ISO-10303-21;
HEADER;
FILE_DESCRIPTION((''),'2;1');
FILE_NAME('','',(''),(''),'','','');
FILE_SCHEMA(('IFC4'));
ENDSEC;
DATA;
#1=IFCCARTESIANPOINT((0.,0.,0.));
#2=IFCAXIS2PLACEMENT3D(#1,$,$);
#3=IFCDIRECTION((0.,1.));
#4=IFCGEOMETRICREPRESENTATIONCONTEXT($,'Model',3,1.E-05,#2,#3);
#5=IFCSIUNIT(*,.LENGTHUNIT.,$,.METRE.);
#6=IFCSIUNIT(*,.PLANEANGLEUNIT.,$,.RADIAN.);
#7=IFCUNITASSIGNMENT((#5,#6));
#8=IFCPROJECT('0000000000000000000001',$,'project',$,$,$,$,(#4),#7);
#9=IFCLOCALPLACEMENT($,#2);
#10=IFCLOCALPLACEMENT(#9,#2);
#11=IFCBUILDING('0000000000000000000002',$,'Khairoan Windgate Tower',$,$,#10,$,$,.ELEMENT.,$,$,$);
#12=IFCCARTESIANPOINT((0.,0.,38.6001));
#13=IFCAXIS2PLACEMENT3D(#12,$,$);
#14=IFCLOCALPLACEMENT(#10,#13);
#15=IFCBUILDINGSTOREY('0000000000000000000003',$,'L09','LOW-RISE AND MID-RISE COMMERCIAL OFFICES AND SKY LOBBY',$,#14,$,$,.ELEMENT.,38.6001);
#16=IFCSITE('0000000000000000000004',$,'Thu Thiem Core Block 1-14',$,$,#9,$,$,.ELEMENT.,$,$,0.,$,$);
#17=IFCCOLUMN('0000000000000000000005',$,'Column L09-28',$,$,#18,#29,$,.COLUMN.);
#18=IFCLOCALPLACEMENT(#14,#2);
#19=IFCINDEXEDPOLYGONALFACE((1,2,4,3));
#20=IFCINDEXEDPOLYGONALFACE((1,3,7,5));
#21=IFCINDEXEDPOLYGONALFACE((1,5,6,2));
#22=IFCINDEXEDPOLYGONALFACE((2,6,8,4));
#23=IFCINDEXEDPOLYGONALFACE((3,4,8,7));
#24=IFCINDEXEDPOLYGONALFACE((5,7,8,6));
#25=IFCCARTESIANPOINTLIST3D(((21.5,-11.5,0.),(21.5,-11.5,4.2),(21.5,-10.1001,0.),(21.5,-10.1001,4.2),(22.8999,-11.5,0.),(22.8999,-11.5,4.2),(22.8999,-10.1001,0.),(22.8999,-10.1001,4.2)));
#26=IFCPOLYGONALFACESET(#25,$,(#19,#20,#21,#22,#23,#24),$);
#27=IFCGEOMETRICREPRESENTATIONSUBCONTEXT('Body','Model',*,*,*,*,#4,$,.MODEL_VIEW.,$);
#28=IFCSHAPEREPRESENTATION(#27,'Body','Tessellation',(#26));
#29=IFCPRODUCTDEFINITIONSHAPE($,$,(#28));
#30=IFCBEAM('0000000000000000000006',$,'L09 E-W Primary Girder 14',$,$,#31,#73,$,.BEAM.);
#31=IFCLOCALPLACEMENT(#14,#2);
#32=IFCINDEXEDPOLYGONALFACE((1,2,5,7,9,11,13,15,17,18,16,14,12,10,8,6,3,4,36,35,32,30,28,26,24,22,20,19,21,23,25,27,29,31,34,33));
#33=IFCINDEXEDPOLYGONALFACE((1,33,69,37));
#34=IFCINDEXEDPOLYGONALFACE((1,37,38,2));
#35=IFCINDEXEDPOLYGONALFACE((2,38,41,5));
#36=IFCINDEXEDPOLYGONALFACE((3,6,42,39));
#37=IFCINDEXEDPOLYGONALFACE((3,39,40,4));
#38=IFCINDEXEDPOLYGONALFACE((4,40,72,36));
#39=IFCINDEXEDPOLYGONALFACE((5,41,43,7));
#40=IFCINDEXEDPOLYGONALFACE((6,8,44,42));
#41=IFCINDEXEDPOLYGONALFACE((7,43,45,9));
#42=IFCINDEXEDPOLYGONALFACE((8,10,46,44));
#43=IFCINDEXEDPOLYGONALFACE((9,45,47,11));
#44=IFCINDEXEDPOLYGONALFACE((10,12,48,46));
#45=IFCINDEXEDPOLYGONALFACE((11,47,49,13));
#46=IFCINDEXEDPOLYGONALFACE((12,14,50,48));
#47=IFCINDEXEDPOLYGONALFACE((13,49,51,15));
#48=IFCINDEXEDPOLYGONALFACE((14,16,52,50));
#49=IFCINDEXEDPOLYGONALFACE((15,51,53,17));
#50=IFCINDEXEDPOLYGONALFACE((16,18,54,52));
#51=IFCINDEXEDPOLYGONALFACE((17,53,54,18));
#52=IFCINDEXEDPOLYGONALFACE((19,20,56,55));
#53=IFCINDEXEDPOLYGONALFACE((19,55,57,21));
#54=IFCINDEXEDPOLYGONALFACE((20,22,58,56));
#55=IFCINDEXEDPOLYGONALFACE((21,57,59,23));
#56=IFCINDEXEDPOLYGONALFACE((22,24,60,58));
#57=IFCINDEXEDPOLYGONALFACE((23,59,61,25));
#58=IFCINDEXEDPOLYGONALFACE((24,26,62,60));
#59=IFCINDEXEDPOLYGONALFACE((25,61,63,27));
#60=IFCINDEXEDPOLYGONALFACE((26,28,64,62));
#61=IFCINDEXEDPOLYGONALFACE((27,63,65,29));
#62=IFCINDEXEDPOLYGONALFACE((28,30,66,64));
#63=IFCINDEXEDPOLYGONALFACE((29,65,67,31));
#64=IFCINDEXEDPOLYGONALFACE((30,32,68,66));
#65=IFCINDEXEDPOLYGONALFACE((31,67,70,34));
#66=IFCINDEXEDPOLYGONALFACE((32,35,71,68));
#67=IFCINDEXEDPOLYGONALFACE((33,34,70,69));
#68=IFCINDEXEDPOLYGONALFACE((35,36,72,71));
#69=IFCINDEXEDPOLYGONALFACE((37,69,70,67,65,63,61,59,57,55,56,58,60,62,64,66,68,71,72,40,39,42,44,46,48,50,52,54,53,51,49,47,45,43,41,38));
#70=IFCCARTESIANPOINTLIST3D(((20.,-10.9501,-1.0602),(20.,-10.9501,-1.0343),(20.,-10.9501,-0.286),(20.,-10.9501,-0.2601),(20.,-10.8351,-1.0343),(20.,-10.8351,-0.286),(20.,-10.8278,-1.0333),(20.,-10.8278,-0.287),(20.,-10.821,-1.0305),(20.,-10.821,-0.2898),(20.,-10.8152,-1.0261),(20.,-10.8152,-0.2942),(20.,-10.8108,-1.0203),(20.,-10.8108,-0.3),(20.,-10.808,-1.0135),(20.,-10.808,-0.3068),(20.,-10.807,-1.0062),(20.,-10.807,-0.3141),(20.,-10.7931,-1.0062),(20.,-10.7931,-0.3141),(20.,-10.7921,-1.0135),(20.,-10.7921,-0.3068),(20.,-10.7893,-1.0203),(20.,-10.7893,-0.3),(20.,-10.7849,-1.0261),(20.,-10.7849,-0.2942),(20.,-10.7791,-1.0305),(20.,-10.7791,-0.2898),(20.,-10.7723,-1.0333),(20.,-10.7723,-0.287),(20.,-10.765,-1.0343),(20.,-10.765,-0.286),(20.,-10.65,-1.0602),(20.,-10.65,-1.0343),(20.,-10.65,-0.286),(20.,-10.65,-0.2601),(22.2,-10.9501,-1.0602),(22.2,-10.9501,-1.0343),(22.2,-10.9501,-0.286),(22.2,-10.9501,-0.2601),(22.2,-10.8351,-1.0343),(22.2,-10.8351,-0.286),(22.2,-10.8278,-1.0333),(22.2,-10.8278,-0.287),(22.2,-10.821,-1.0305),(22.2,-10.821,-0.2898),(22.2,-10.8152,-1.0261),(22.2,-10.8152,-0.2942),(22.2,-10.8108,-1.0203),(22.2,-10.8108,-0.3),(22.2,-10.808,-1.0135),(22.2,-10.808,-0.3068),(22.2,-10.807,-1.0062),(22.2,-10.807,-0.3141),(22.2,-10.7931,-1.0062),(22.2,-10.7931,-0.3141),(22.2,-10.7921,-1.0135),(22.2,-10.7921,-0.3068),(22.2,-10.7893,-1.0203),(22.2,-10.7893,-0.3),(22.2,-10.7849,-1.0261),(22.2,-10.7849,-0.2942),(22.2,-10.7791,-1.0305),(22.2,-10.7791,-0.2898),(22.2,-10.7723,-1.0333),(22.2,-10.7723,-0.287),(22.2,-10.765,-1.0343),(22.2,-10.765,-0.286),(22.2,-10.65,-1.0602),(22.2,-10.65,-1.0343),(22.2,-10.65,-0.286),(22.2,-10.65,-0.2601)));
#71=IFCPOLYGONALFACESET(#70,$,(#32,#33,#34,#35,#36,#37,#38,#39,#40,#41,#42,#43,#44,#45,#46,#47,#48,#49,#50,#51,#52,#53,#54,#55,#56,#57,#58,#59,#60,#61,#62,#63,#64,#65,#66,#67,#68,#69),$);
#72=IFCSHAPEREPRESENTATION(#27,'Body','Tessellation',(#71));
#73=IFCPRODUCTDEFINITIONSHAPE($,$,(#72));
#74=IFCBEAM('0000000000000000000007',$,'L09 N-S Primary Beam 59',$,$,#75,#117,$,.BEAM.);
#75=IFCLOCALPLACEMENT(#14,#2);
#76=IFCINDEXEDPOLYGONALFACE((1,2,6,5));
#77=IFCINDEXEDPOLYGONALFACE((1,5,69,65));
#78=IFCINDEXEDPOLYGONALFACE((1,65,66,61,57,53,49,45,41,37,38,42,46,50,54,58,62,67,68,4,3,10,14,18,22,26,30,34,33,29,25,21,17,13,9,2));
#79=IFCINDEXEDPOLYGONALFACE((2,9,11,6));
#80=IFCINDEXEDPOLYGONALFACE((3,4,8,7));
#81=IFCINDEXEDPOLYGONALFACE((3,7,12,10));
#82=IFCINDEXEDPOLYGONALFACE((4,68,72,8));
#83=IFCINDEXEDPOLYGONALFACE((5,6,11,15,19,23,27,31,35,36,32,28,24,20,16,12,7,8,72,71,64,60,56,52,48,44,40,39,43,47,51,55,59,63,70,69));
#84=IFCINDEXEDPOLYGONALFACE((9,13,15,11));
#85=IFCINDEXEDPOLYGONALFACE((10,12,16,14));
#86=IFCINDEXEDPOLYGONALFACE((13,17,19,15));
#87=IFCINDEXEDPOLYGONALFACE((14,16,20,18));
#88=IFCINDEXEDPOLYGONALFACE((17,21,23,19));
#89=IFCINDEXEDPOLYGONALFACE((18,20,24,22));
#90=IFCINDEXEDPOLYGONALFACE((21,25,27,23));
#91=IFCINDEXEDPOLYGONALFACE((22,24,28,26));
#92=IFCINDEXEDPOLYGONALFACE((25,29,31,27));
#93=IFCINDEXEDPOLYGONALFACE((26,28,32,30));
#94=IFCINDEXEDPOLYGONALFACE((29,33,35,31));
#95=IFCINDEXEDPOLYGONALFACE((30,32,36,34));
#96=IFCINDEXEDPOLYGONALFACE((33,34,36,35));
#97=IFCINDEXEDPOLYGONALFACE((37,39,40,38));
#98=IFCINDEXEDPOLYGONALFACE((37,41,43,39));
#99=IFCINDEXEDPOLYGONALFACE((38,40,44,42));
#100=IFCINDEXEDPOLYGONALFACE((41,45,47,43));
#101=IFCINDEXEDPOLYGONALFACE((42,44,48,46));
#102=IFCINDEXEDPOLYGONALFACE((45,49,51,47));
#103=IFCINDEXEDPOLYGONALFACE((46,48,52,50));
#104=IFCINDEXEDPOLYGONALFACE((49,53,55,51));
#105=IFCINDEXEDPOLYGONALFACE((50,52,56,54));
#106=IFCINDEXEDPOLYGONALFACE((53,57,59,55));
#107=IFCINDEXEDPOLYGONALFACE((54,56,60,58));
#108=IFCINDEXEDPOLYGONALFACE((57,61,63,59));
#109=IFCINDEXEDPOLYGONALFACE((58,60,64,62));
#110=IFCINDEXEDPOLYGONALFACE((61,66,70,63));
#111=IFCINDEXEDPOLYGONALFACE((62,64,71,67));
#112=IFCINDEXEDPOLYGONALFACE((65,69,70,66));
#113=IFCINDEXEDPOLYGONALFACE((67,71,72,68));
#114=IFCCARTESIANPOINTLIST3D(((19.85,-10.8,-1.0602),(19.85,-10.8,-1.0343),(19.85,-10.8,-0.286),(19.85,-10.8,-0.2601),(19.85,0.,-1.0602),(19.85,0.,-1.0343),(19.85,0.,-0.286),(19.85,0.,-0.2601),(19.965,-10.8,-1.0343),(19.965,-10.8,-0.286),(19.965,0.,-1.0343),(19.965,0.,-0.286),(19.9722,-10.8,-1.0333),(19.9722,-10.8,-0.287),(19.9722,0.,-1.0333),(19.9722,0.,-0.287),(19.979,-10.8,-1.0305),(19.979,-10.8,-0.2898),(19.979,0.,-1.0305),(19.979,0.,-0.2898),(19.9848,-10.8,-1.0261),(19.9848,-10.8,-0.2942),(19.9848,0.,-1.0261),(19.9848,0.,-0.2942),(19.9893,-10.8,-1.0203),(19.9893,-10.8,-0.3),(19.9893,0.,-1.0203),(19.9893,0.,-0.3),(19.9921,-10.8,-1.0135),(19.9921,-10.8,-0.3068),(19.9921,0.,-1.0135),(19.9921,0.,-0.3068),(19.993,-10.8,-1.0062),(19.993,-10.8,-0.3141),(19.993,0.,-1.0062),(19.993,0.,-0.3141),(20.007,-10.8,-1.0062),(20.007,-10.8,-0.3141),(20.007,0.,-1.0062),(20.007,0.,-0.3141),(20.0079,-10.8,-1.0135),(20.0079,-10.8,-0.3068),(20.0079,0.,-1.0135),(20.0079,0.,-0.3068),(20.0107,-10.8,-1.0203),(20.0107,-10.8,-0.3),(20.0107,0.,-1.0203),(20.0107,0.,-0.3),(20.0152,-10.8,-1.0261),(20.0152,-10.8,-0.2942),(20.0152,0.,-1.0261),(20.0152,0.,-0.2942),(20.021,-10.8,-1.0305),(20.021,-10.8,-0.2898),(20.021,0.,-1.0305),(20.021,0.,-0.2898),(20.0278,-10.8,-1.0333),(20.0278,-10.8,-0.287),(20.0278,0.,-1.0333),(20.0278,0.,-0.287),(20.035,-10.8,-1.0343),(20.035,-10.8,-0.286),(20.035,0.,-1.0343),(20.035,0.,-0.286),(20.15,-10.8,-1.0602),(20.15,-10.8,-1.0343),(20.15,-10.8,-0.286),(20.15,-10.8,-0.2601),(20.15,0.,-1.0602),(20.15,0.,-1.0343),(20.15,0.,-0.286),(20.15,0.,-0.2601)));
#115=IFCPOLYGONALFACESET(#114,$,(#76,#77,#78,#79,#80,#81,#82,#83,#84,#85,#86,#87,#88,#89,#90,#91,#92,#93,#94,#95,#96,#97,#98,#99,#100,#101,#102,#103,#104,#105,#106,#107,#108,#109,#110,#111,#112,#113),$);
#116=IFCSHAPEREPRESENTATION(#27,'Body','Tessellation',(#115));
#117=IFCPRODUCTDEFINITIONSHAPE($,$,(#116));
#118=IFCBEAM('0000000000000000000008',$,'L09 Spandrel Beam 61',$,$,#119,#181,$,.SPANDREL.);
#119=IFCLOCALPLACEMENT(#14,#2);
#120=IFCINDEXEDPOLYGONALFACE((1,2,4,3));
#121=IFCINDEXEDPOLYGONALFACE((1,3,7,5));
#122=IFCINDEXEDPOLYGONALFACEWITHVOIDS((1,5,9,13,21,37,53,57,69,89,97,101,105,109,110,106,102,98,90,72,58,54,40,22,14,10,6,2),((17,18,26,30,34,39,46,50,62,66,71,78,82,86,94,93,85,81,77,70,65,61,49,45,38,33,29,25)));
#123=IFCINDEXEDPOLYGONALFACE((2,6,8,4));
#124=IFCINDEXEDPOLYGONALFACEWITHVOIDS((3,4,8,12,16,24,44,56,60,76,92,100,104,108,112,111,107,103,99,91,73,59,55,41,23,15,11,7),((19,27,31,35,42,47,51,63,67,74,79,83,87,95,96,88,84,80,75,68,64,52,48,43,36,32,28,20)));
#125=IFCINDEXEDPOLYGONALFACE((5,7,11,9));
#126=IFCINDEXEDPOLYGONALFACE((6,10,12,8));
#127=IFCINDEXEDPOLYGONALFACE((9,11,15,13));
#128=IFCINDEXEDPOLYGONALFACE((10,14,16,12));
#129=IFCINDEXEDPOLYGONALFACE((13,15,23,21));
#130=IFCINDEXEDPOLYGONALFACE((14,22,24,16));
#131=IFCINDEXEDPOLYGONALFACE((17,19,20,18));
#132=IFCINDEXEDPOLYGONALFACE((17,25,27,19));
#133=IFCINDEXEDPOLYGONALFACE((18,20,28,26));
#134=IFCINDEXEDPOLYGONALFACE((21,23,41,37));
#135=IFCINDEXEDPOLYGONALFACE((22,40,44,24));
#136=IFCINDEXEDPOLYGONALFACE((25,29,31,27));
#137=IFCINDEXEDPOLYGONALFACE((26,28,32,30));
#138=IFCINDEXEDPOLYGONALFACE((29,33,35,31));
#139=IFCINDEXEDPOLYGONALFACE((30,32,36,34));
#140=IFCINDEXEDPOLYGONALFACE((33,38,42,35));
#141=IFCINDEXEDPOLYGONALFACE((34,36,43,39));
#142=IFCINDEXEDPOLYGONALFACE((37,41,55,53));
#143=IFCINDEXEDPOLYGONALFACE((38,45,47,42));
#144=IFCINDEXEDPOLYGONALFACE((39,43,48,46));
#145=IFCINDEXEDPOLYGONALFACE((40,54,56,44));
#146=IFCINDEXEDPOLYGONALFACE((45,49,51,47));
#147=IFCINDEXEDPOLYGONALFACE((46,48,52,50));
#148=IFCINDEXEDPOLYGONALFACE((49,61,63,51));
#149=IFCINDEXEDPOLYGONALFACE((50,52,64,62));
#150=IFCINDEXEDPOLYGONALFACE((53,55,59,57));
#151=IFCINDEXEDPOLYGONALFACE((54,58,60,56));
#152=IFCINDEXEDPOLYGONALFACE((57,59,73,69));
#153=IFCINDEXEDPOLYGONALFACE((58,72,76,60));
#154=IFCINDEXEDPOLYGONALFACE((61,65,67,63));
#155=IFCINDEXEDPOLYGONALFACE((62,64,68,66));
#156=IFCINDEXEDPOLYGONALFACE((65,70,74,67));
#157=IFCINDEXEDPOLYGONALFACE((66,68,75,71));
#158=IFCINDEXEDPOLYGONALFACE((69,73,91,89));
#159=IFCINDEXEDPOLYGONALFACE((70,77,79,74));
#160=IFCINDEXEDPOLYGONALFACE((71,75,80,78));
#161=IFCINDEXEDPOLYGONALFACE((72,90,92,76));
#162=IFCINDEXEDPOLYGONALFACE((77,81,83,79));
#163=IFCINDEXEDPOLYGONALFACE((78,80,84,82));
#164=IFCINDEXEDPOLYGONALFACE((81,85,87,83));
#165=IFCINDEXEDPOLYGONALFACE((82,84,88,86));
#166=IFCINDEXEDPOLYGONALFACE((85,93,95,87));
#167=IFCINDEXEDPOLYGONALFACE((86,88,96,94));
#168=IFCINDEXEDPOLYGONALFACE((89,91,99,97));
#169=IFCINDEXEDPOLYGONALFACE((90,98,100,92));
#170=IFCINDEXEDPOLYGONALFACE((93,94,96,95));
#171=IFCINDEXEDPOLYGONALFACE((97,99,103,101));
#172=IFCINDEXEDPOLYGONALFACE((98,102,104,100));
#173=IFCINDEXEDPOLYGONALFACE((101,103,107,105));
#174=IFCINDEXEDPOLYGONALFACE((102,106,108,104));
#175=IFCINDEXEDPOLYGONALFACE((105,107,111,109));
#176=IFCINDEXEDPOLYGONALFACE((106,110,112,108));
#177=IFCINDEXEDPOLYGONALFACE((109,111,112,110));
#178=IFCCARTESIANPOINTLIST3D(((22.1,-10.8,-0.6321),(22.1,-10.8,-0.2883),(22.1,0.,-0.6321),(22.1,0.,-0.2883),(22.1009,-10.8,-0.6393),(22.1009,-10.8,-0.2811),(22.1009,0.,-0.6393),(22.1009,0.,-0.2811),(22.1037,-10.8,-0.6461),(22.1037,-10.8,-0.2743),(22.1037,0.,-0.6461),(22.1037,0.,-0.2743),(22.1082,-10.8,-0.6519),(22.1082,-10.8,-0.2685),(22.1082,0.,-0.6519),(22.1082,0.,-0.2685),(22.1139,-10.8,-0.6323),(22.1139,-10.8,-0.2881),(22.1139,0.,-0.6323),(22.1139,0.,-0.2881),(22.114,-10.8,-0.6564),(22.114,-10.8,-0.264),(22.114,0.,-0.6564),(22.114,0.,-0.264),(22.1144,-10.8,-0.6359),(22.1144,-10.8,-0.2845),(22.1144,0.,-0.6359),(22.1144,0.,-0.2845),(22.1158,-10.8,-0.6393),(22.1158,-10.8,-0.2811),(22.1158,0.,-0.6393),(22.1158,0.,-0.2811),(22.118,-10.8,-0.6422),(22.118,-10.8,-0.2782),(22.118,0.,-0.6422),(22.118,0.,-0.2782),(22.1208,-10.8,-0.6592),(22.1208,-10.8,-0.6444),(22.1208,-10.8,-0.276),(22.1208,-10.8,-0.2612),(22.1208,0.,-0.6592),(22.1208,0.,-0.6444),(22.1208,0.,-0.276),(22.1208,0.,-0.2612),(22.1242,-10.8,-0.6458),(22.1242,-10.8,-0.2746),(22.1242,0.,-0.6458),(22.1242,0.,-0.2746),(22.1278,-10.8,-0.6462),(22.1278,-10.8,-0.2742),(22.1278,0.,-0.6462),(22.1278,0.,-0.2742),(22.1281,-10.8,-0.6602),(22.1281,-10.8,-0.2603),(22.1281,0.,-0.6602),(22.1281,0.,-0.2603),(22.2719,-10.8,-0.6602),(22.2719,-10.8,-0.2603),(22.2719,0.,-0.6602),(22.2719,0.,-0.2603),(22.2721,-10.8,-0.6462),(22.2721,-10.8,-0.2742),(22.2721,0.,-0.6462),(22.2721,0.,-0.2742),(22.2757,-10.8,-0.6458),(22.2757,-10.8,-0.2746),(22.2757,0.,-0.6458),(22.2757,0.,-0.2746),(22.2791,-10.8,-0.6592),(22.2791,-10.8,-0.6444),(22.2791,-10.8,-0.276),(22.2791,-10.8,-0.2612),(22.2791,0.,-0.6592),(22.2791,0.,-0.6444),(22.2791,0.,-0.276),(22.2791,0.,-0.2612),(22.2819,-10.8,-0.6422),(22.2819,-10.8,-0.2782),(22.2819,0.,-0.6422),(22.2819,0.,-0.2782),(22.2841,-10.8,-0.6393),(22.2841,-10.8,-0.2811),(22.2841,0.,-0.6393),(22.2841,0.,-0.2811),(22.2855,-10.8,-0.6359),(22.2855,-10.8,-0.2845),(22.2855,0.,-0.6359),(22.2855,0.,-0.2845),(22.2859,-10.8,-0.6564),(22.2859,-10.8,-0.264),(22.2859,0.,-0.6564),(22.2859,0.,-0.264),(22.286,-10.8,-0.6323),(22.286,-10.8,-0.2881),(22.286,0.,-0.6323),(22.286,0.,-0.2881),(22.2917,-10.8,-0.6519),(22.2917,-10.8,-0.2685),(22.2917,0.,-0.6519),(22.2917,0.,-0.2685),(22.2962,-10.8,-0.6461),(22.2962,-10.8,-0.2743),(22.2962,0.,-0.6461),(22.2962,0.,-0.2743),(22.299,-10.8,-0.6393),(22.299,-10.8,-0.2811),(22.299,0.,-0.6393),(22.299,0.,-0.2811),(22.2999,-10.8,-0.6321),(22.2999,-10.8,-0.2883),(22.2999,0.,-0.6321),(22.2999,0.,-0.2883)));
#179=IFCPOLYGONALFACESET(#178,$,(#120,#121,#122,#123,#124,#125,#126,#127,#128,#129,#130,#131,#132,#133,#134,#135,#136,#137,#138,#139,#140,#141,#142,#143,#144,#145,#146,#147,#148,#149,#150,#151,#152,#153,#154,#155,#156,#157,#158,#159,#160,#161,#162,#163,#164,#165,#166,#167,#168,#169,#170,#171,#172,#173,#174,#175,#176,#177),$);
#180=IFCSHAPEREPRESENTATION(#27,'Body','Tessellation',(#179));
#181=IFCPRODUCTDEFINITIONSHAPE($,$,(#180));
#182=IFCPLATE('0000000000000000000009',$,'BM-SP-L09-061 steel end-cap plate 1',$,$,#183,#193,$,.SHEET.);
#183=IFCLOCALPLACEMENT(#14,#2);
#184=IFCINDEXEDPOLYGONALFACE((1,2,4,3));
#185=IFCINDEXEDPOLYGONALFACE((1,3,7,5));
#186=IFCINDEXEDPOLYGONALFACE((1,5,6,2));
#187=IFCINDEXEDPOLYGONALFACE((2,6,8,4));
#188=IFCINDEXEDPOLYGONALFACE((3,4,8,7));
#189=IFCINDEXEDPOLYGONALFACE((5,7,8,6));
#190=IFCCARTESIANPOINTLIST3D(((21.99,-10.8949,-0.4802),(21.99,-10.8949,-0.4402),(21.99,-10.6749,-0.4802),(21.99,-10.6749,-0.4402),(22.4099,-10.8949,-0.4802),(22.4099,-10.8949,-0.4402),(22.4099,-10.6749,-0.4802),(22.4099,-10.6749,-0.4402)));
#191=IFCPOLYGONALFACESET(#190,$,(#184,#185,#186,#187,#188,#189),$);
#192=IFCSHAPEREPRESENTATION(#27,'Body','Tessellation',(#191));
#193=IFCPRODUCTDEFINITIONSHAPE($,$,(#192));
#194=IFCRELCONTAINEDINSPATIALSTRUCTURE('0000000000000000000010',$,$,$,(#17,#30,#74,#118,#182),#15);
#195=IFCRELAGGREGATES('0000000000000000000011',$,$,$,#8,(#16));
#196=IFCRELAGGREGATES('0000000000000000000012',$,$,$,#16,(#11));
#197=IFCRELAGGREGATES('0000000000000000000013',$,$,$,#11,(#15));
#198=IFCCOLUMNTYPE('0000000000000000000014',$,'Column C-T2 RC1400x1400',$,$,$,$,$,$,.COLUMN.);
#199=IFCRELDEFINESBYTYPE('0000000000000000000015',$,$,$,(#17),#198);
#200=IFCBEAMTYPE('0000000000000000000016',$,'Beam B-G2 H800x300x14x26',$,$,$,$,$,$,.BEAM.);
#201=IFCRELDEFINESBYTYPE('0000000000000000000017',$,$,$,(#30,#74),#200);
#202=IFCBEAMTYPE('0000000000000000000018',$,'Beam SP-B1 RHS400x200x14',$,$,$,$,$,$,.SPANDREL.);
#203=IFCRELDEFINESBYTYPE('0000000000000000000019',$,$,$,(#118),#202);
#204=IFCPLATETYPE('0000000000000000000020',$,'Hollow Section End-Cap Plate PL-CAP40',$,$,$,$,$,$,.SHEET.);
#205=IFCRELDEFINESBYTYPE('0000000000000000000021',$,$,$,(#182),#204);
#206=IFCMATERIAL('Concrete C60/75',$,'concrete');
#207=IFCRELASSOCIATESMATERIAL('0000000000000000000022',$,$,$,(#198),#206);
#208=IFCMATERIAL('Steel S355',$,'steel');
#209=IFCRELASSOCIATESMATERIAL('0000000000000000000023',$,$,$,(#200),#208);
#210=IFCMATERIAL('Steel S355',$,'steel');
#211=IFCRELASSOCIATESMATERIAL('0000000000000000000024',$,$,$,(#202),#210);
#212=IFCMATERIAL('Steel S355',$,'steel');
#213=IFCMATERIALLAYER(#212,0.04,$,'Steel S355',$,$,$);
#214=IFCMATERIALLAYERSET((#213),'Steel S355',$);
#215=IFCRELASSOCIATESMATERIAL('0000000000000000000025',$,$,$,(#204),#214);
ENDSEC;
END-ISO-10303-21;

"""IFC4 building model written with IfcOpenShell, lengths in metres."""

from ifc_helpers import new_model, si_unit, direction, frame, origin, origin_2d, place, context, subcontext, project, spatial, rectangle, hollow_rectangle, i_section, extrude, material, layer, layer_set, material_profile, profile_set, type_object, element, save


model = new_model("IFC4")

# Units and contexts
model_context = context("Model", 3, precision=1e-05, world=origin(), true_north=direction((0.0, 1.0)))
body_context = subcontext(model_context, "Body", "Model", "MODEL_VIEW")
ifc_project = project(units=[si_unit("LENGTHUNIT", "METRE"), si_unit("PLANEANGLEUNIT", "RADIAN")], contexts=[model_context])

# Site, building, storey
site_placement = place(None, origin())
site = spatial("IfcSite", under=ifc_project, at=site_placement, Name="Thu Thiem Core Block 1-14", CompositionType="ELEMENT", RefElevation=0.0)
building_placement = place(site_placement, origin())
building = spatial("IfcBuilding", under=site, at=building_placement, Name="Khairoan Windgate Tower", CompositionType="ELEMENT")
storey_placement = place(building_placement, frame((0.0, 0.0, 38.6001)))
storey = spatial("IfcBuildingStorey", under=building, at=storey_placement, Name="L09", Description="LOW-RISE AND MID-RISE COMMERCIAL OFFICES AND SKY LOBBY", CompositionType="ELEMENT", Elevation=38.6001)

# Column
ifc_material_1 = material(Name="Concrete C60/75", Category="concrete")
ifc_material_profile_1 = material_profile(ifc_material_1, rectangle(XDim=1.3999, YDim=1.3999, at=origin_2d()))
ifc_profile_set_1 = profile_set([ifc_material_profile_1], Name="Concrete C60/75")
column_type = type_object("IfcColumnType", Name="Column C-T2 RC1400x1400", PredefinedType="COLUMN", material=ifc_profile_set_1)
column_placement = place(storey_placement, frame((22.2, -10.8, 0.0), z_axis=(0.0, 0.0, 1.0), x_axis=(1.0, 0.0, 0.0)))
element("IfcColumn", 1, at=column_placement, inside=storey, type_object=column_type, Name="Column L09-28", PredefinedType="COLUMN", context=body_context, shape_type="SweptSolid", body=[
    extrude(rectangle(XDim=1.3999, YDim=1.3999, at=origin_2d()), origin(), (0.0, 0.0, 1.0), 4.2),
])

# Beams
ifc_material_2 = material(Name="Steel S355", Category="steel")
ifc_material_profile_2 = material_profile(ifc_material_2, i_section(OverallWidth=0.3, OverallDepth=0.8, WebThickness=0.0139, FlangeThickness=0.0259, FilletRadius=0.0281, at=origin_2d()))
ifc_profile_set_2 = profile_set([ifc_material_profile_2], Name="Steel S355")
beam_type_1 = type_object("IfcBeamType", Name="Beam B-G2 H800x300x14x26", PredefinedType="BEAM", material=ifc_profile_set_2)
beam_1_placement = place(storey_placement, frame((20.0, -10.8, -0.6602), z_axis=(1.0, 0.0, 0.0), x_axis=(0.0, 1.0, 0.0)))
element("IfcBeam", 2, at=beam_1_placement, inside=storey, type_object=beam_type_1, Name="L09 E-W Primary Girder 14", PredefinedType="BEAM", context=body_context, shape_type="SweptSolid", body=[
    extrude(i_section(OverallWidth=0.3, OverallDepth=0.8, WebThickness=0.0139, FlangeThickness=0.0259, FilletRadius=0.0281, at=origin_2d()), origin(), (0.0, 0.0, 1.0), 2.2),
])
beam_2_placement = place(storey_placement, frame((20.0, -10.8, -0.6602), z_axis=(0.0, 1.0, 0.0), x_axis=(-1.0, 0.0, 0.0)))
element("IfcBeam", 3, at=beam_2_placement, inside=storey, type_object=beam_type_1, Name="L09 N-S Primary Beam 59", PredefinedType="BEAM", context=body_context, shape_type="SweptSolid", body=[
    extrude(i_section(OverallWidth=0.3, OverallDepth=0.8, WebThickness=0.0139, FlangeThickness=0.0259, FilletRadius=0.0281, at=origin_2d()), origin(), (0.0, 0.0, 1.0), 10.8),
])
ifc_material_3 = material(Name="Steel S355", Category="steel")
ifc_material_profile_3 = material_profile(ifc_material_3, hollow_rectangle(XDim=0.2, YDim=0.3999, WallThickness=0.0139, InnerFilletRadius=0.0139, OuterFilletRadius=0.0281, at=origin_2d()))
ifc_profile_set_3 = profile_set([ifc_material_profile_3], Name="Steel S355")
beam_type_2 = type_object("IfcBeamType", Name="Beam SP-B1 RHS400x200x14", PredefinedType="SPANDREL", material=ifc_profile_set_3)
beam_3_placement = place(storey_placement, frame((22.2, -10.8, -0.4602), z_axis=(0.0, 1.0, 0.0), x_axis=(-1.0, 0.0, 0.0)))
element("IfcBeam", 4, at=beam_3_placement, inside=storey, type_object=beam_type_2, Name="L09 Spandrel Beam 61", PredefinedType="SPANDREL", context=body_context, shape_type="SweptSolid", body=[
    extrude(hollow_rectangle(XDim=0.2, YDim=0.3999, WallThickness=0.0139, InnerFilletRadius=0.0139, OuterFilletRadius=0.0281, at=origin_2d()), origin(), (0.0, 0.0, 1.0), 10.8),
])

# Plate
ifc_material_4 = material(Name="Steel S355", Category="steel")
ifc_layer_1 = layer(ifc_material_4, 0.04, Name="Steel S355")
ifc_layer_set_1 = layer_set([ifc_layer_1], Name="Steel S355")
plate_type = type_object("IfcPlateType", Name="Hollow Section End-Cap Plate PL-CAP40", PredefinedType="SHEET", material=ifc_layer_set_1)
for number, where, z_axis, x_axis, name in (
    (5, (22.2, -10.7849, -0.4802), (0.0, 0.0, 1.0), (0.0, 1.0, 0.0), "BM-SP-L09-061 steel end-cap plate 1"),
):
    element("IfcPlate", number, at=place(storey_placement, frame(where, z_axis=z_axis, x_axis=x_axis)), inside=storey, type_object=plate_type, Name=name, PredefinedType="SHEET", context=body_context, shape_type="SweptSolid", body=[
        extrude(rectangle(XDim=0.22, YDim=0.4199, at=origin_2d()), origin(), (0.0, 0.0, 1.0), 0.04),
    ])

save(model, "model.ifc")
